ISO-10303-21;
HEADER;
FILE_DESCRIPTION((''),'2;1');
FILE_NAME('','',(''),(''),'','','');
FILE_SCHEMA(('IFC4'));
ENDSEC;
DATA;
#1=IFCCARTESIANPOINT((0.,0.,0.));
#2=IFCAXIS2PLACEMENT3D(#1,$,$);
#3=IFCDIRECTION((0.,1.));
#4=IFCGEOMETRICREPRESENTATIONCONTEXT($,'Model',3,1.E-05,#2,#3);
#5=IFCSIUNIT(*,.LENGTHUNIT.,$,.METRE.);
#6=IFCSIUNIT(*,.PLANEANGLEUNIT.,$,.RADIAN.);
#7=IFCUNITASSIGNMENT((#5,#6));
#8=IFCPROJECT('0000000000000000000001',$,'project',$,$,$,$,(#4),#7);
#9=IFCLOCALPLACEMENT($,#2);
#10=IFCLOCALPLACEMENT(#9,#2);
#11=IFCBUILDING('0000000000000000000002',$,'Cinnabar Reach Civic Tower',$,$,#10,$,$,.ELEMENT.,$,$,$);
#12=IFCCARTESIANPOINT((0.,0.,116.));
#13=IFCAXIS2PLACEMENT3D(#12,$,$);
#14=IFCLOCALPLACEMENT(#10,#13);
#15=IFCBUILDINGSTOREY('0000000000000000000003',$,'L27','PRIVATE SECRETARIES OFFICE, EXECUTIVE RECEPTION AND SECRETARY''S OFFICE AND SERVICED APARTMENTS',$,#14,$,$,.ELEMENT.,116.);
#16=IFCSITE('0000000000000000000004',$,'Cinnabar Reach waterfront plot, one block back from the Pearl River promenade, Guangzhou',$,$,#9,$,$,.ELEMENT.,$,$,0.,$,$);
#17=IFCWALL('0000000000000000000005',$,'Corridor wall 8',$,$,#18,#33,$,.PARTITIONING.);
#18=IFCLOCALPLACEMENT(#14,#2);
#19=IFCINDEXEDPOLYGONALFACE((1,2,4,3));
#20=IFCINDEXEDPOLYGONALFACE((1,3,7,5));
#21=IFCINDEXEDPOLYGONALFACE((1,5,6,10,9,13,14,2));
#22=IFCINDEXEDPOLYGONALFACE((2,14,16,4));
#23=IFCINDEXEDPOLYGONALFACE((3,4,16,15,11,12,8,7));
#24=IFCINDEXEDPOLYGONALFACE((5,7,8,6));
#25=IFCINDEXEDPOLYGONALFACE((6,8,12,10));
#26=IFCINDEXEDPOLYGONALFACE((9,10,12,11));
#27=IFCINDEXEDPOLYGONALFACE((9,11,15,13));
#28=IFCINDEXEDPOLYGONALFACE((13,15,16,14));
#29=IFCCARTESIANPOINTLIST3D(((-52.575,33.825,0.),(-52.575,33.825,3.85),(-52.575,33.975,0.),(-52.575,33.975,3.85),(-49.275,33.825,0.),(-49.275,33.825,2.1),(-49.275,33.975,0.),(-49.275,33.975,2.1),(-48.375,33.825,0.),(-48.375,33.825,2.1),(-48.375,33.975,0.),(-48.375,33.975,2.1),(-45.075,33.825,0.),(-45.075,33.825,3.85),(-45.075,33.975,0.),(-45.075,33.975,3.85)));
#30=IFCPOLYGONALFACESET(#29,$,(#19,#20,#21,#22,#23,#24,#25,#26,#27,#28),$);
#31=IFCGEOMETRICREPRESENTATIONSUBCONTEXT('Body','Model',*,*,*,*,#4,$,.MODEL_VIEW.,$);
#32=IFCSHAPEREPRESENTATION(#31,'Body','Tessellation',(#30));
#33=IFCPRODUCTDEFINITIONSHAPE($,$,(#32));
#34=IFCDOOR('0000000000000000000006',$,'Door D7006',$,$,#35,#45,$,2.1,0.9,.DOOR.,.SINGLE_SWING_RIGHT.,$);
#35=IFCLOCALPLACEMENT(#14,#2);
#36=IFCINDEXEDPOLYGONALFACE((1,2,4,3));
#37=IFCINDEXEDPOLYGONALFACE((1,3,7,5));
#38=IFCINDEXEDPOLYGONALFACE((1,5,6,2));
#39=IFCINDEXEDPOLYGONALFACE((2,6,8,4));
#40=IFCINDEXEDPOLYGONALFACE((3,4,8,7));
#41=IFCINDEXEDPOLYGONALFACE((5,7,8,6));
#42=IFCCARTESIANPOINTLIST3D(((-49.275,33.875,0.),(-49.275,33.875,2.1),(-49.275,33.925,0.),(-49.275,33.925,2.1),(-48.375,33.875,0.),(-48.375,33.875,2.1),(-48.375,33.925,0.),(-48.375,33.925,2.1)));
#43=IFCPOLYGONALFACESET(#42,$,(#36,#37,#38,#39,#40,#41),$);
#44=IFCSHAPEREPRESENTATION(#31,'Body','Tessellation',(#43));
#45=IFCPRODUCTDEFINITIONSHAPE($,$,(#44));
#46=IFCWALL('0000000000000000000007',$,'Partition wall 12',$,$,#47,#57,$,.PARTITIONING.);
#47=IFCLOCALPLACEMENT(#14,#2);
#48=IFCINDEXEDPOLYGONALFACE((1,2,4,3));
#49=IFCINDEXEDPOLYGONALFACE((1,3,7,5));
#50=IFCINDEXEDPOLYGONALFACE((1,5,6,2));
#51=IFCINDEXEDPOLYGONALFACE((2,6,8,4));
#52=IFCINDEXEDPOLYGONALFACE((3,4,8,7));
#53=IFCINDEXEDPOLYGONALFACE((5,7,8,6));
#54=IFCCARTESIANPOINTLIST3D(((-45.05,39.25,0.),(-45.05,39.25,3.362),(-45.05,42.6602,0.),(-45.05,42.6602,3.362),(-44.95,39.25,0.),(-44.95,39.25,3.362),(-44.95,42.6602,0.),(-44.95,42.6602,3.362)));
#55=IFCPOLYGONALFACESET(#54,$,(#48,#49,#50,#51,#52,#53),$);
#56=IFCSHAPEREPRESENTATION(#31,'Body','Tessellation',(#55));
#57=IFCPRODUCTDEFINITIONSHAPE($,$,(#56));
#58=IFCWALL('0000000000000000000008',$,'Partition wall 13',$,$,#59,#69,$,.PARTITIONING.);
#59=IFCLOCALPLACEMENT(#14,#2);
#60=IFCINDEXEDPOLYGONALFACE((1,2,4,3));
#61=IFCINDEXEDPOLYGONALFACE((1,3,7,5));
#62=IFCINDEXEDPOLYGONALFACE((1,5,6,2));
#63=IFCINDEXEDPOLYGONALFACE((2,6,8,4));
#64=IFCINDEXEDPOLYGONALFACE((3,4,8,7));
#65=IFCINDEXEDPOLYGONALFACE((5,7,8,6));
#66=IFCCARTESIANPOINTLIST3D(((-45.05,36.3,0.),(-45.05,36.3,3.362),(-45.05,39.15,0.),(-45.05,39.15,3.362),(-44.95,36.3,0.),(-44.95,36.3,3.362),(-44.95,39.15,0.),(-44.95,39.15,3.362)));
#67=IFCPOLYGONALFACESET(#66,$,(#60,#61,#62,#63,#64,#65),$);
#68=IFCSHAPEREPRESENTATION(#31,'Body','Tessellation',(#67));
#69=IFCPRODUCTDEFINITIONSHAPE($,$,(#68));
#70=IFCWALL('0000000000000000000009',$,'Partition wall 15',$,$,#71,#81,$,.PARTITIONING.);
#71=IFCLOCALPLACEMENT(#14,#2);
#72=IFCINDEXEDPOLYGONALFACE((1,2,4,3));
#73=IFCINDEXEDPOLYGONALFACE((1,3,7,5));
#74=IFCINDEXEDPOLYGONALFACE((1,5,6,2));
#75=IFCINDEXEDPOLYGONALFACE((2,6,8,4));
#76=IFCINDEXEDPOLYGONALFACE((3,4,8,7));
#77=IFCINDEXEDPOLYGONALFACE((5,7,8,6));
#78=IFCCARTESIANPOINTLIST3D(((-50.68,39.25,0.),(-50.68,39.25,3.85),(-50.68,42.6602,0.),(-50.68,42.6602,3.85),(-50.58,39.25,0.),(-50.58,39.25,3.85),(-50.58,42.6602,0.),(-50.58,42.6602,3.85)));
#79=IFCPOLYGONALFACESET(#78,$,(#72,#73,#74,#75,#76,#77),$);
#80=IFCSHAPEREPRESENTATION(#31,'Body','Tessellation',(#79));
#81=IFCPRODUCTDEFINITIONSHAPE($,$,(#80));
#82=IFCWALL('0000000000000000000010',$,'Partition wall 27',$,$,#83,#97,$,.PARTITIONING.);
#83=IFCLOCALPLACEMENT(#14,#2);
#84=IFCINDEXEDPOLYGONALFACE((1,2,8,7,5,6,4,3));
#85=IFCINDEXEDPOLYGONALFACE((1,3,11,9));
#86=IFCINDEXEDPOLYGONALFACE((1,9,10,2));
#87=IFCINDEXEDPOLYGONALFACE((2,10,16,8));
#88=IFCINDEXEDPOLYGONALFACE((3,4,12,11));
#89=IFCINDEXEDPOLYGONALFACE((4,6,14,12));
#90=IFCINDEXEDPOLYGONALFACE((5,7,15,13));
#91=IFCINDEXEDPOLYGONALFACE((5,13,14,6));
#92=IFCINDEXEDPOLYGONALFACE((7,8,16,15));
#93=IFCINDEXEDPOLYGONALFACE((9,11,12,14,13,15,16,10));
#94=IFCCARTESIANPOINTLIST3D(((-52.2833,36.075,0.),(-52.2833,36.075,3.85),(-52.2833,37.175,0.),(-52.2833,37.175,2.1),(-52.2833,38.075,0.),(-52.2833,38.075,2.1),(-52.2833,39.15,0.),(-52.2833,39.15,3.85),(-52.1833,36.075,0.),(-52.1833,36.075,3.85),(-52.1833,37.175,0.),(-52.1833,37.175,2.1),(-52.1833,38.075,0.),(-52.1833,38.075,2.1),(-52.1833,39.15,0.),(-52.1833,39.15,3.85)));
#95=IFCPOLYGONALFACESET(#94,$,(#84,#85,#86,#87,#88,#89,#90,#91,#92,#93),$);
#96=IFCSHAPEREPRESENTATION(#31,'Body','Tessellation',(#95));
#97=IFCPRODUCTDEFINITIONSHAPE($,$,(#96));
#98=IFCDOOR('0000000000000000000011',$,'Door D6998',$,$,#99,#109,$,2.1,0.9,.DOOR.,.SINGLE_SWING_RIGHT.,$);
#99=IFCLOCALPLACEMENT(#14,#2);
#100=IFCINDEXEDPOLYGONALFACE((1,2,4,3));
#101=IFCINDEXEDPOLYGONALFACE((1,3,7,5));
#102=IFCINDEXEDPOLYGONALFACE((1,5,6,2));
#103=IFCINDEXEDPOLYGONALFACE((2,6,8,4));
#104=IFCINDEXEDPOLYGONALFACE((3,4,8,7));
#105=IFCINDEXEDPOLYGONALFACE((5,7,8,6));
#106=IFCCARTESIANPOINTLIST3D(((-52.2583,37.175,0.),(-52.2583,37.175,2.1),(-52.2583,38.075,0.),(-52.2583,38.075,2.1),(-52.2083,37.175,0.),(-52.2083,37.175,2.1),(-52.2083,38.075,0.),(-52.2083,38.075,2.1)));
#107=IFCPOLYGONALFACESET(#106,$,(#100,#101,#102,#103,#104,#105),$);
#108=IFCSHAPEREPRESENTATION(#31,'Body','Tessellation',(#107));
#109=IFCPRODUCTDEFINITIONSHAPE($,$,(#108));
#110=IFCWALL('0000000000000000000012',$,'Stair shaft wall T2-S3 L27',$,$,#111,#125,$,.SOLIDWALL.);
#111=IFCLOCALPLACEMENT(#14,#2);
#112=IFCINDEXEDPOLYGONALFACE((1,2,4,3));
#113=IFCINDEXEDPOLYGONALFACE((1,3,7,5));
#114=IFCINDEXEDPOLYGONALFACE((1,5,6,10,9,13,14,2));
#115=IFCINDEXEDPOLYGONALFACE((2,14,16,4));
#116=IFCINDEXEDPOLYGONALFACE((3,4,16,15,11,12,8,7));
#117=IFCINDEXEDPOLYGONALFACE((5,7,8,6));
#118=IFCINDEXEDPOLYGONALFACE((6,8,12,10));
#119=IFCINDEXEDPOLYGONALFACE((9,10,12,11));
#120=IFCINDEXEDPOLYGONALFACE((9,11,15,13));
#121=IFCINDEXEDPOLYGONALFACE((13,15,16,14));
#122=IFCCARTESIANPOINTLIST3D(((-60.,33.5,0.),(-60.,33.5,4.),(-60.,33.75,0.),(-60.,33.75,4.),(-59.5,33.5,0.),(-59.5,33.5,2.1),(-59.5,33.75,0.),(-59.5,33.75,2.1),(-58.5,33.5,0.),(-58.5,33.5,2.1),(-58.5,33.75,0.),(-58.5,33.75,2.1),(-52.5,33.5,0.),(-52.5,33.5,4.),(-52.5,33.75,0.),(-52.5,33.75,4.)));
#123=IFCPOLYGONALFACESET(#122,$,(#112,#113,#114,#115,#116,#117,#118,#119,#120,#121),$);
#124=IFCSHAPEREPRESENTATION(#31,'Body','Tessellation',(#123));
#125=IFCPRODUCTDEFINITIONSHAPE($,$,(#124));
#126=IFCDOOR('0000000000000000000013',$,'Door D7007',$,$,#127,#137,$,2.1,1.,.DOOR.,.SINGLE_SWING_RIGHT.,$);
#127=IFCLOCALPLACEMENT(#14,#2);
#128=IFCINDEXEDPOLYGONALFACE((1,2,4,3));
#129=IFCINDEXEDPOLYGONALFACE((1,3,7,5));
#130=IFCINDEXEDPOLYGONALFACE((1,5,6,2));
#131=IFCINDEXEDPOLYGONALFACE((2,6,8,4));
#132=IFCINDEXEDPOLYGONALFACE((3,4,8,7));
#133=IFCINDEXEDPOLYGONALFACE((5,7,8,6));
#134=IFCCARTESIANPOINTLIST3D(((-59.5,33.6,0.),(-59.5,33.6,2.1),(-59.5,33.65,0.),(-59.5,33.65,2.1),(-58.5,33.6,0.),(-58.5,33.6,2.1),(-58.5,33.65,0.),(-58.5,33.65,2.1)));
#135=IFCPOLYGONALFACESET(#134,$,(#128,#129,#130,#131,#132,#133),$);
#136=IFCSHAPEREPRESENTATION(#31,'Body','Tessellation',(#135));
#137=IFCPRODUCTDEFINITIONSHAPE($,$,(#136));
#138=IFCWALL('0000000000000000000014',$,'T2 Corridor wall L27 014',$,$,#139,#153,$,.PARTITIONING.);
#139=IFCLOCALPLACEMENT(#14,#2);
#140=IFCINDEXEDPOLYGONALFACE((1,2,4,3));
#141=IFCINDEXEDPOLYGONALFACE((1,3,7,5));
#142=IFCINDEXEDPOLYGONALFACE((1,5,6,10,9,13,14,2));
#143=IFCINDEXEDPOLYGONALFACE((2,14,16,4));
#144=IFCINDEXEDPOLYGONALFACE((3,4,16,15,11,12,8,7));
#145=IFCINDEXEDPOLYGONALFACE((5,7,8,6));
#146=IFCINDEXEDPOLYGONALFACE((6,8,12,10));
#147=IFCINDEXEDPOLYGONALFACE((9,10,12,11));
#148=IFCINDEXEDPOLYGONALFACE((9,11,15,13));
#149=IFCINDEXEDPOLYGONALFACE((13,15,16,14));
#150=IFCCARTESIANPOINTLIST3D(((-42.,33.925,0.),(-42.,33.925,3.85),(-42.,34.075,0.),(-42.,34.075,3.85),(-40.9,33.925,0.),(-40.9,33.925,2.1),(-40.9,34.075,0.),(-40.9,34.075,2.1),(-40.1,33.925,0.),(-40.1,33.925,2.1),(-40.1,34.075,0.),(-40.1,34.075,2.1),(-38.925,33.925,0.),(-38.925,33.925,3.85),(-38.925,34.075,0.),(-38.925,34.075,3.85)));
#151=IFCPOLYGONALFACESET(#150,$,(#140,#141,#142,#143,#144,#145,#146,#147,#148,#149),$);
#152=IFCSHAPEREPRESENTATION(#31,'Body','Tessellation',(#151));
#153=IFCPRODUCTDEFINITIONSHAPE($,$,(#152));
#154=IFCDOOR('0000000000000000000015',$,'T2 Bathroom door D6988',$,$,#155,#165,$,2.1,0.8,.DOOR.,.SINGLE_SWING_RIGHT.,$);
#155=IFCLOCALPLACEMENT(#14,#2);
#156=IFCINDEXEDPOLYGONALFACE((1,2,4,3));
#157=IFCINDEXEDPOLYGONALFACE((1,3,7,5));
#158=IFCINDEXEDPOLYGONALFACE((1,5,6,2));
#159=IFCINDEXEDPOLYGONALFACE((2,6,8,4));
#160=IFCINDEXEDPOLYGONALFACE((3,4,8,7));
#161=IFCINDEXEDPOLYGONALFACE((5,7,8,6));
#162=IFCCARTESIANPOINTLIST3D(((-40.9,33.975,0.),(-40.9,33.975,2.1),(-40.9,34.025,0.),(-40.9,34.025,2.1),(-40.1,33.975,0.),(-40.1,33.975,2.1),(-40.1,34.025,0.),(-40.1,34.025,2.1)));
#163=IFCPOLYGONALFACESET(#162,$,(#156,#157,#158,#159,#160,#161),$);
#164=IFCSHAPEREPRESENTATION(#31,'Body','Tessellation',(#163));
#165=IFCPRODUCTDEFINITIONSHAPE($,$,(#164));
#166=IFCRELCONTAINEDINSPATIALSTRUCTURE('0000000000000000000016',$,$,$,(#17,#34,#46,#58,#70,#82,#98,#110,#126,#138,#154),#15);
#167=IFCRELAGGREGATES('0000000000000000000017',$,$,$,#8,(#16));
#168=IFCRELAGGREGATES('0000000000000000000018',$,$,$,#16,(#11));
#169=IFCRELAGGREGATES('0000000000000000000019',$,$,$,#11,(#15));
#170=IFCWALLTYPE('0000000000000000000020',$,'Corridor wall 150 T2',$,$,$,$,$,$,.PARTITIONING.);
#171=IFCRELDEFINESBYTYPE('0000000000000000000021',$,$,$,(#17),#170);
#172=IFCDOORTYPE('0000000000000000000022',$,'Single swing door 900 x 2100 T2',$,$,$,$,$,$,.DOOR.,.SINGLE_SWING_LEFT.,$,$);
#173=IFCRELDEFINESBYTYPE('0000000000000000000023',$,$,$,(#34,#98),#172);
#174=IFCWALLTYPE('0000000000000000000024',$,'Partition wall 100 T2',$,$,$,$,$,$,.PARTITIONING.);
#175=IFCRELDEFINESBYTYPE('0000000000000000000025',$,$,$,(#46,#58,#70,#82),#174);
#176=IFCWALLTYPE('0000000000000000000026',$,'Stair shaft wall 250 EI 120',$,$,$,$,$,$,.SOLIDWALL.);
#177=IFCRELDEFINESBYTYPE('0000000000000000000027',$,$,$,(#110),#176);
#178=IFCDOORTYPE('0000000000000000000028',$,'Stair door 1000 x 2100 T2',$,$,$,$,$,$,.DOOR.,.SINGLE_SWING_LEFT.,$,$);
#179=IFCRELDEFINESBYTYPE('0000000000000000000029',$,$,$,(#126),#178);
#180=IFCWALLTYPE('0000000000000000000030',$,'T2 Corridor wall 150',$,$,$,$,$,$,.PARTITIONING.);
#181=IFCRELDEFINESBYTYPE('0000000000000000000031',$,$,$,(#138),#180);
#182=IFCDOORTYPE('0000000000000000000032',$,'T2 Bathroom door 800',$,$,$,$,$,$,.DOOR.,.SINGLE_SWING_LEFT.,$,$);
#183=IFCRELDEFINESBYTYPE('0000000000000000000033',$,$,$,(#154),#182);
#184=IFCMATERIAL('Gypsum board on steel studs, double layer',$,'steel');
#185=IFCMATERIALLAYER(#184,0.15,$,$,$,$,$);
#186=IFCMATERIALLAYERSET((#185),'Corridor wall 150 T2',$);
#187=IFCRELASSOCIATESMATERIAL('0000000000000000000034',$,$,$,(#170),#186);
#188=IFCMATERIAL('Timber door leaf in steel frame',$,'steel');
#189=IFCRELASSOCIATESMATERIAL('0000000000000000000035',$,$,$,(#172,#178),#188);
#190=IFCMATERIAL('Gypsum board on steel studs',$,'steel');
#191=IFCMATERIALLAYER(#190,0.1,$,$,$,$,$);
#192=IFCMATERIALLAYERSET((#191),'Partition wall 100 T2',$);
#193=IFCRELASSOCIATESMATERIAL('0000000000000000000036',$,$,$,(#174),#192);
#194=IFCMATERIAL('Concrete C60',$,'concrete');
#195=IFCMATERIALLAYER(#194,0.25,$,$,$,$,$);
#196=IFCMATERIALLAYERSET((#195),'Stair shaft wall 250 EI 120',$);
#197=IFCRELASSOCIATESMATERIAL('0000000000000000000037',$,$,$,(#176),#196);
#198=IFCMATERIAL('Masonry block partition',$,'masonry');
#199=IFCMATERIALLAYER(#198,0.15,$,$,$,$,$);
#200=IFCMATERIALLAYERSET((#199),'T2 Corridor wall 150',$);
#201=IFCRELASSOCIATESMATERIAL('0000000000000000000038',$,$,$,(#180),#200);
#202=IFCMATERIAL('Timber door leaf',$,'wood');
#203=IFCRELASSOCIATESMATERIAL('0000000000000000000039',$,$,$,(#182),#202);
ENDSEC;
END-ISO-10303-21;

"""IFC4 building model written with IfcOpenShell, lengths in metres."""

from ifc_helpers import new_model, si_unit, direction, frame, frame_2d, origin, place, context, subcontext, project, spatial, rectangle, extrude, material, layer, layer_set, type_object, element, fill, save


model = new_model("IFC4")

# Units and contexts
model_context = context("Model", 3, precision=1e-05, world=origin(), true_north=direction((0.0, 1.0)))
body_context = subcontext(model_context, "Body", "Model", "MODEL_VIEW")
ifc_project = project(units=[si_unit("LENGTHUNIT", "METRE"), si_unit("PLANEANGLEUNIT", "RADIAN")], contexts=[model_context])

# Site, building, storey
site_placement = place(None, origin())
site = spatial("IfcSite", under=ifc_project, at=site_placement, Name="Cinnabar Reach waterfront plot, one block back from the Pearl River promenade, Guangzhou", CompositionType="ELEMENT", RefElevation=0.0)
building_placement = place(site_placement, origin())
building = spatial("IfcBuilding", under=site, at=building_placement, Name="Cinnabar Reach Civic Tower", CompositionType="ELEMENT")
storey_placement = place(building_placement, frame((0.0, 0.0, 116.0)))
storey = spatial("IfcBuildingStorey", under=building, at=storey_placement, Name="L27", Description="PRIVATE SECRETARIES OFFICE, EXECUTIVE RECEPTION AND SECRETARY'S OFFICE AND SERVICED APARTMENTS", CompositionType="ELEMENT", Elevation=116.0)

# Shared definitions
ifc_material_1 = material(Name="Concrete C60", Category="concrete")

# Wall, opening, door
ifc_material_2 = material(Name="Gypsum board on steel studs, double layer", Category="steel")
ifc_layer_1 = layer(ifc_material_2, 0.15)
ifc_layer_set_1 = layer_set([ifc_layer_1], Name="Corridor wall 150 T2")
wall_type_1 = type_object("IfcWallType", Name="Corridor wall 150 T2", PredefinedType="PARTITIONING", material=ifc_layer_set_1)
ifc_material_3 = material(Name="Timber door leaf in steel frame", Category="steel")
door_type_1 = type_object("IfcDoorType", Name="Single swing door 900 x 2100 T2", OperationType="SINGLE_SWING_LEFT", PredefinedType="DOOR", material=ifc_material_3)
wall_1_placement = place(storey_placement, frame((-52.575, 33.9, 0.0), z_axis=(0.0, 0.0, 1.0), x_axis=(1.0, 0.0, 0.0)))
wall_1 = element("IfcWall", 1, at=wall_1_placement, inside=storey, type_object=wall_type_1, Name="Corridor wall 8", PredefinedType="PARTITIONING", context=body_context, shape_type="SweptSolid", body=[
    extrude(rectangle(XDim=7.5, YDim=0.15, at=frame_2d((3.75, 0.0))), origin(), (0.0, 0.0, 1.0), 3.85),
])
opening_1_placement = place(wall_1_placement, frame((3.3, 0.0, 0.0)))
opening_1 = element("IfcOpeningElement", 2, at=opening_1_placement, cuts=wall_1, PredefinedType="OPENING", context=body_context, shape_type="SweptSolid", body=[
    extrude(rectangle(XDim=0.9, YDim=2.1, at=frame_2d((0.45, 1.05))), frame((0.0, 0.085, 0.0), z_axis=(0.0, -1.0, 0.0), x_axis=(1.0, 0.0, 0.0)), (0.0, 0.0, 1.0), 0.17),
])
door_1_placement = place(opening_1_placement, frame((0.9, 0.0, 0.0), z_axis=(0.0, 0.0, 1.0), x_axis=(-1.0, 0.0, 0.0)))
door_1 = element("IfcDoor", 3, at=door_1_placement, inside=storey, type_object=door_type_1, Name="Door D7006", OperationType="SINGLE_SWING_RIGHT", OverallHeight=2.1, OverallWidth=0.9, PredefinedType="DOOR", context=body_context, shape_type="SweptSolid", body=[
    extrude(rectangle(XDim=0.9, YDim=2.1, at=frame_2d((0.45, 1.05))), frame((0.0, 0.025, 0.0), z_axis=(0.0, -1.0, 0.0), x_axis=(1.0, 0.0, 0.0)), (0.0, 0.0, 1.0), 0.05),
])
fill(opening_1, door_1)

# Walls
ifc_material_4 = material(Name="Gypsum board on steel studs", Category="steel")
ifc_layer_2 = layer(ifc_material_4, 0.1)
ifc_layer_set_2 = layer_set([ifc_layer_2], Name="Partition wall 100 T2")
wall_type_2 = type_object("IfcWallType", Name="Partition wall 100 T2", PredefinedType="PARTITIONING", material=ifc_layer_set_2)
wall_2_placement = place(storey_placement, frame((-45.0, 39.25, 0.0), z_axis=(0.0, 0.0, 1.0), x_axis=(0.0, 1.0, 0.0)))
element("IfcWall", 4, at=wall_2_placement, inside=storey, type_object=wall_type_2, Name="Partition wall 12", PredefinedType="PARTITIONING", context=body_context, shape_type="SweptSolid", body=[
    extrude(rectangle(XDim=3.4102, YDim=0.1, at=frame_2d((1.7051, 0.0))), origin(), (0.0, 0.0, 1.0), 3.362),
])
wall_3_placement = place(storey_placement, frame((-45.0, 36.3, 0.0), z_axis=(0.0, 0.0, 1.0), x_axis=(0.0, 1.0, 0.0)))
element("IfcWall", 5, at=wall_3_placement, inside=storey, type_object=wall_type_2, Name="Partition wall 13", PredefinedType="PARTITIONING", context=body_context, shape_type="SweptSolid", body=[
    extrude(rectangle(XDim=2.85, YDim=0.1, at=frame_2d((1.425, 0.0))), origin(), (0.0, 0.0, 1.0), 3.362),
])
wall_4_placement = place(storey_placement, frame((-50.63, 39.25, 0.0), z_axis=(0.0, 0.0, 1.0), x_axis=(0.0, 1.0, 0.0)))
element("IfcWall", 6, at=wall_4_placement, inside=storey, type_object=wall_type_2, Name="Partition wall 15", PredefinedType="PARTITIONING", context=body_context, shape_type="SweptSolid", body=[
    extrude(rectangle(XDim=3.4102, YDim=0.1, at=frame_2d((1.7051, 0.0))), origin(), (0.0, 0.0, 1.0), 3.85),
])

# Walls, openings, doors
wall_5_placement = place(storey_placement, frame((-52.2333, 36.075, 0.0), z_axis=(0.0, 0.0, 1.0), x_axis=(0.0, 1.0, 0.0)))
wall_5 = element("IfcWall", 7, at=wall_5_placement, inside=storey, type_object=wall_type_2, Name="Partition wall 27", PredefinedType="PARTITIONING", context=body_context, shape_type="SweptSolid", body=[
    extrude(rectangle(XDim=3.075, YDim=0.1, at=frame_2d((1.5375, 0.0))), origin(), (0.0, 0.0, 1.0), 3.85),
])
opening_2_placement = place(wall_5_placement, frame((1.1, 0.0, 0.0)))
opening_2 = element("IfcOpeningElement", 8, at=opening_2_placement, cuts=wall_5, PredefinedType="OPENING", context=body_context, shape_type="SweptSolid", body=[
    extrude(rectangle(XDim=0.9, YDim=2.1, at=frame_2d((0.45, 1.05))), frame((0.0, 0.06, 0.0), z_axis=(0.0, -1.0, 0.0), x_axis=(1.0, 0.0, 0.0)), (0.0, 0.0, 1.0), 0.12),
])
door_2_placement = place(opening_2_placement, origin())
door_2 = element("IfcDoor", 9, at=door_2_placement, inside=storey, type_object=door_type_1, Name="Door D6998", OperationType="SINGLE_SWING_RIGHT", OverallHeight=2.1, OverallWidth=0.9, PredefinedType="DOOR", context=body_context, shape_type="SweptSolid", body=[
    extrude(rectangle(XDim=0.9, YDim=2.1, at=frame_2d((0.45, 1.05))), frame((0.0, 0.025, 0.0), z_axis=(0.0, -1.0, 0.0), x_axis=(1.0, 0.0, 0.0)), (0.0, 0.0, 1.0), 0.05),
])
fill(opening_2, door_2)
ifc_layer_3 = layer(ifc_material_1, 0.25)
ifc_layer_set_3 = layer_set([ifc_layer_3], Name="Stair shaft wall 250 EI 120")
wall_type_3 = type_object("IfcWallType", Name="Stair shaft wall 250 EI 120", PredefinedType="SOLIDWALL", material=ifc_layer_set_3)
wall_6_placement = place(storey_placement, frame((-52.5, 33.625, 0.0), z_axis=(0.0, 0.0, 1.0), x_axis=(-1.0, 0.0, 0.0)))
wall_6 = element("IfcWall", 10, at=wall_6_placement, inside=storey, type_object=wall_type_3, Name="Stair shaft wall T2-S3 L27", PredefinedType="SOLIDWALL", context=body_context, shape_type="SweptSolid", body=[
    extrude(rectangle(XDim=7.5, YDim=0.25, at=frame_2d((3.75, 0.0))), origin(), (0.0, 0.0, 1.0), 4.0),
])
opening_3_placement = place(wall_6_placement, frame((6.0, 0.0, 0.0)))
opening_3 = element("IfcOpeningElement", 11, at=opening_3_placement, cuts=wall_6, PredefinedType="OPENING", context=body_context, shape_type="SweptSolid", body=[
    extrude(rectangle(XDim=1.0, YDim=2.1, at=frame_2d((0.5, 1.05))), frame((0.0, 0.135, 0.0), z_axis=(0.0, -1.0, 0.0), x_axis=(1.0, 0.0, 0.0)), (0.0, 0.0, 1.0), 0.27),
])
door_type_2 = type_object("IfcDoorType", Name="Stair door 1000 x 2100 T2", OperationType="SINGLE_SWING_LEFT", PredefinedType="DOOR", material=ifc_material_3)
door_3_placement = place(opening_3_placement, origin())
door_3 = element("IfcDoor", 12, at=door_3_placement, inside=storey, type_object=door_type_2, Name="Door D7007", OperationType="SINGLE_SWING_RIGHT", OverallHeight=2.1, OverallWidth=1.0, PredefinedType="DOOR", context=body_context, shape_type="SweptSolid", body=[
    extrude(rectangle(XDim=1.0, YDim=2.1, at=frame_2d((0.5, 1.05))), frame((0.0, 0.025, 0.0), z_axis=(0.0, -1.0, 0.0), x_axis=(1.0, 0.0, 0.0)), (0.0, 0.0, 1.0), 0.05),
])
fill(opening_3, door_3)
ifc_material_5 = material(Name="Masonry block partition", Category="masonry")
ifc_layer_4 = layer(ifc_material_5, 0.15)
ifc_layer_set_4 = layer_set([ifc_layer_4], Name="T2 Corridor wall 150")
wall_type_4 = type_object("IfcWallType", Name="T2 Corridor wall 150", PredefinedType="PARTITIONING", material=ifc_layer_set_4)
wall_7_placement = place(storey_placement, frame((-38.925, 34.0, 0.0), z_axis=(0.0, 0.0, 1.0), x_axis=(-1.0, 0.0, 0.0)))
wall_7 = element("IfcWall", 13, at=wall_7_placement, inside=storey, type_object=wall_type_4, Name="T2 Corridor wall L27 014", PredefinedType="PARTITIONING", context=body_context, shape_type="SweptSolid", body=[
    extrude(rectangle(XDim=3.075, YDim=0.15, at=frame_2d((1.5375, 0.0))), origin(), (0.0, 0.0, 1.0), 3.85),
])
opening_4_placement = place(wall_7_placement, frame((1.175, 0.0, 0.0)))
opening_4 = element("IfcOpeningElement", 14, at=opening_4_placement, cuts=wall_7, PredefinedType="OPENING", context=body_context, shape_type="SweptSolid", body=[
    extrude(rectangle(XDim=0.8, YDim=2.1, at=frame_2d((0.4, 1.05))), frame((0.0, 0.085, 0.0), z_axis=(0.0, -1.0, 0.0), x_axis=(1.0, 0.0, 0.0)), (0.0, 0.0, 1.0), 0.17),
])
ifc_material_6 = material(Name="Timber door leaf", Category="wood")
door_type_3 = type_object("IfcDoorType", Name="T2 Bathroom door 800", OperationType="SINGLE_SWING_LEFT", PredefinedType="DOOR", material=ifc_material_6)
door_4_placement = place(opening_4_placement, frame((0.8, 0.0, 0.0), z_axis=(0.0, 0.0, 1.0), x_axis=(-1.0, 0.0, 0.0)))
door_4 = element("IfcDoor", 15, at=door_4_placement, inside=storey, type_object=door_type_3, Name="T2 Bathroom door D6988", OperationType="SINGLE_SWING_RIGHT", OverallHeight=2.1, OverallWidth=0.8, PredefinedType="DOOR", context=body_context, shape_type="SweptSolid", body=[
    extrude(rectangle(XDim=0.8, YDim=2.1, at=frame_2d((0.4, 1.05))), frame((0.0, 0.025, 0.0), z_axis=(0.0, -1.0, 0.0), x_axis=(1.0, 0.0, 0.0)), (0.0, 0.0, 1.0), 0.05),
])
fill(opening_4, door_4)

save(model, "model.ifc")
